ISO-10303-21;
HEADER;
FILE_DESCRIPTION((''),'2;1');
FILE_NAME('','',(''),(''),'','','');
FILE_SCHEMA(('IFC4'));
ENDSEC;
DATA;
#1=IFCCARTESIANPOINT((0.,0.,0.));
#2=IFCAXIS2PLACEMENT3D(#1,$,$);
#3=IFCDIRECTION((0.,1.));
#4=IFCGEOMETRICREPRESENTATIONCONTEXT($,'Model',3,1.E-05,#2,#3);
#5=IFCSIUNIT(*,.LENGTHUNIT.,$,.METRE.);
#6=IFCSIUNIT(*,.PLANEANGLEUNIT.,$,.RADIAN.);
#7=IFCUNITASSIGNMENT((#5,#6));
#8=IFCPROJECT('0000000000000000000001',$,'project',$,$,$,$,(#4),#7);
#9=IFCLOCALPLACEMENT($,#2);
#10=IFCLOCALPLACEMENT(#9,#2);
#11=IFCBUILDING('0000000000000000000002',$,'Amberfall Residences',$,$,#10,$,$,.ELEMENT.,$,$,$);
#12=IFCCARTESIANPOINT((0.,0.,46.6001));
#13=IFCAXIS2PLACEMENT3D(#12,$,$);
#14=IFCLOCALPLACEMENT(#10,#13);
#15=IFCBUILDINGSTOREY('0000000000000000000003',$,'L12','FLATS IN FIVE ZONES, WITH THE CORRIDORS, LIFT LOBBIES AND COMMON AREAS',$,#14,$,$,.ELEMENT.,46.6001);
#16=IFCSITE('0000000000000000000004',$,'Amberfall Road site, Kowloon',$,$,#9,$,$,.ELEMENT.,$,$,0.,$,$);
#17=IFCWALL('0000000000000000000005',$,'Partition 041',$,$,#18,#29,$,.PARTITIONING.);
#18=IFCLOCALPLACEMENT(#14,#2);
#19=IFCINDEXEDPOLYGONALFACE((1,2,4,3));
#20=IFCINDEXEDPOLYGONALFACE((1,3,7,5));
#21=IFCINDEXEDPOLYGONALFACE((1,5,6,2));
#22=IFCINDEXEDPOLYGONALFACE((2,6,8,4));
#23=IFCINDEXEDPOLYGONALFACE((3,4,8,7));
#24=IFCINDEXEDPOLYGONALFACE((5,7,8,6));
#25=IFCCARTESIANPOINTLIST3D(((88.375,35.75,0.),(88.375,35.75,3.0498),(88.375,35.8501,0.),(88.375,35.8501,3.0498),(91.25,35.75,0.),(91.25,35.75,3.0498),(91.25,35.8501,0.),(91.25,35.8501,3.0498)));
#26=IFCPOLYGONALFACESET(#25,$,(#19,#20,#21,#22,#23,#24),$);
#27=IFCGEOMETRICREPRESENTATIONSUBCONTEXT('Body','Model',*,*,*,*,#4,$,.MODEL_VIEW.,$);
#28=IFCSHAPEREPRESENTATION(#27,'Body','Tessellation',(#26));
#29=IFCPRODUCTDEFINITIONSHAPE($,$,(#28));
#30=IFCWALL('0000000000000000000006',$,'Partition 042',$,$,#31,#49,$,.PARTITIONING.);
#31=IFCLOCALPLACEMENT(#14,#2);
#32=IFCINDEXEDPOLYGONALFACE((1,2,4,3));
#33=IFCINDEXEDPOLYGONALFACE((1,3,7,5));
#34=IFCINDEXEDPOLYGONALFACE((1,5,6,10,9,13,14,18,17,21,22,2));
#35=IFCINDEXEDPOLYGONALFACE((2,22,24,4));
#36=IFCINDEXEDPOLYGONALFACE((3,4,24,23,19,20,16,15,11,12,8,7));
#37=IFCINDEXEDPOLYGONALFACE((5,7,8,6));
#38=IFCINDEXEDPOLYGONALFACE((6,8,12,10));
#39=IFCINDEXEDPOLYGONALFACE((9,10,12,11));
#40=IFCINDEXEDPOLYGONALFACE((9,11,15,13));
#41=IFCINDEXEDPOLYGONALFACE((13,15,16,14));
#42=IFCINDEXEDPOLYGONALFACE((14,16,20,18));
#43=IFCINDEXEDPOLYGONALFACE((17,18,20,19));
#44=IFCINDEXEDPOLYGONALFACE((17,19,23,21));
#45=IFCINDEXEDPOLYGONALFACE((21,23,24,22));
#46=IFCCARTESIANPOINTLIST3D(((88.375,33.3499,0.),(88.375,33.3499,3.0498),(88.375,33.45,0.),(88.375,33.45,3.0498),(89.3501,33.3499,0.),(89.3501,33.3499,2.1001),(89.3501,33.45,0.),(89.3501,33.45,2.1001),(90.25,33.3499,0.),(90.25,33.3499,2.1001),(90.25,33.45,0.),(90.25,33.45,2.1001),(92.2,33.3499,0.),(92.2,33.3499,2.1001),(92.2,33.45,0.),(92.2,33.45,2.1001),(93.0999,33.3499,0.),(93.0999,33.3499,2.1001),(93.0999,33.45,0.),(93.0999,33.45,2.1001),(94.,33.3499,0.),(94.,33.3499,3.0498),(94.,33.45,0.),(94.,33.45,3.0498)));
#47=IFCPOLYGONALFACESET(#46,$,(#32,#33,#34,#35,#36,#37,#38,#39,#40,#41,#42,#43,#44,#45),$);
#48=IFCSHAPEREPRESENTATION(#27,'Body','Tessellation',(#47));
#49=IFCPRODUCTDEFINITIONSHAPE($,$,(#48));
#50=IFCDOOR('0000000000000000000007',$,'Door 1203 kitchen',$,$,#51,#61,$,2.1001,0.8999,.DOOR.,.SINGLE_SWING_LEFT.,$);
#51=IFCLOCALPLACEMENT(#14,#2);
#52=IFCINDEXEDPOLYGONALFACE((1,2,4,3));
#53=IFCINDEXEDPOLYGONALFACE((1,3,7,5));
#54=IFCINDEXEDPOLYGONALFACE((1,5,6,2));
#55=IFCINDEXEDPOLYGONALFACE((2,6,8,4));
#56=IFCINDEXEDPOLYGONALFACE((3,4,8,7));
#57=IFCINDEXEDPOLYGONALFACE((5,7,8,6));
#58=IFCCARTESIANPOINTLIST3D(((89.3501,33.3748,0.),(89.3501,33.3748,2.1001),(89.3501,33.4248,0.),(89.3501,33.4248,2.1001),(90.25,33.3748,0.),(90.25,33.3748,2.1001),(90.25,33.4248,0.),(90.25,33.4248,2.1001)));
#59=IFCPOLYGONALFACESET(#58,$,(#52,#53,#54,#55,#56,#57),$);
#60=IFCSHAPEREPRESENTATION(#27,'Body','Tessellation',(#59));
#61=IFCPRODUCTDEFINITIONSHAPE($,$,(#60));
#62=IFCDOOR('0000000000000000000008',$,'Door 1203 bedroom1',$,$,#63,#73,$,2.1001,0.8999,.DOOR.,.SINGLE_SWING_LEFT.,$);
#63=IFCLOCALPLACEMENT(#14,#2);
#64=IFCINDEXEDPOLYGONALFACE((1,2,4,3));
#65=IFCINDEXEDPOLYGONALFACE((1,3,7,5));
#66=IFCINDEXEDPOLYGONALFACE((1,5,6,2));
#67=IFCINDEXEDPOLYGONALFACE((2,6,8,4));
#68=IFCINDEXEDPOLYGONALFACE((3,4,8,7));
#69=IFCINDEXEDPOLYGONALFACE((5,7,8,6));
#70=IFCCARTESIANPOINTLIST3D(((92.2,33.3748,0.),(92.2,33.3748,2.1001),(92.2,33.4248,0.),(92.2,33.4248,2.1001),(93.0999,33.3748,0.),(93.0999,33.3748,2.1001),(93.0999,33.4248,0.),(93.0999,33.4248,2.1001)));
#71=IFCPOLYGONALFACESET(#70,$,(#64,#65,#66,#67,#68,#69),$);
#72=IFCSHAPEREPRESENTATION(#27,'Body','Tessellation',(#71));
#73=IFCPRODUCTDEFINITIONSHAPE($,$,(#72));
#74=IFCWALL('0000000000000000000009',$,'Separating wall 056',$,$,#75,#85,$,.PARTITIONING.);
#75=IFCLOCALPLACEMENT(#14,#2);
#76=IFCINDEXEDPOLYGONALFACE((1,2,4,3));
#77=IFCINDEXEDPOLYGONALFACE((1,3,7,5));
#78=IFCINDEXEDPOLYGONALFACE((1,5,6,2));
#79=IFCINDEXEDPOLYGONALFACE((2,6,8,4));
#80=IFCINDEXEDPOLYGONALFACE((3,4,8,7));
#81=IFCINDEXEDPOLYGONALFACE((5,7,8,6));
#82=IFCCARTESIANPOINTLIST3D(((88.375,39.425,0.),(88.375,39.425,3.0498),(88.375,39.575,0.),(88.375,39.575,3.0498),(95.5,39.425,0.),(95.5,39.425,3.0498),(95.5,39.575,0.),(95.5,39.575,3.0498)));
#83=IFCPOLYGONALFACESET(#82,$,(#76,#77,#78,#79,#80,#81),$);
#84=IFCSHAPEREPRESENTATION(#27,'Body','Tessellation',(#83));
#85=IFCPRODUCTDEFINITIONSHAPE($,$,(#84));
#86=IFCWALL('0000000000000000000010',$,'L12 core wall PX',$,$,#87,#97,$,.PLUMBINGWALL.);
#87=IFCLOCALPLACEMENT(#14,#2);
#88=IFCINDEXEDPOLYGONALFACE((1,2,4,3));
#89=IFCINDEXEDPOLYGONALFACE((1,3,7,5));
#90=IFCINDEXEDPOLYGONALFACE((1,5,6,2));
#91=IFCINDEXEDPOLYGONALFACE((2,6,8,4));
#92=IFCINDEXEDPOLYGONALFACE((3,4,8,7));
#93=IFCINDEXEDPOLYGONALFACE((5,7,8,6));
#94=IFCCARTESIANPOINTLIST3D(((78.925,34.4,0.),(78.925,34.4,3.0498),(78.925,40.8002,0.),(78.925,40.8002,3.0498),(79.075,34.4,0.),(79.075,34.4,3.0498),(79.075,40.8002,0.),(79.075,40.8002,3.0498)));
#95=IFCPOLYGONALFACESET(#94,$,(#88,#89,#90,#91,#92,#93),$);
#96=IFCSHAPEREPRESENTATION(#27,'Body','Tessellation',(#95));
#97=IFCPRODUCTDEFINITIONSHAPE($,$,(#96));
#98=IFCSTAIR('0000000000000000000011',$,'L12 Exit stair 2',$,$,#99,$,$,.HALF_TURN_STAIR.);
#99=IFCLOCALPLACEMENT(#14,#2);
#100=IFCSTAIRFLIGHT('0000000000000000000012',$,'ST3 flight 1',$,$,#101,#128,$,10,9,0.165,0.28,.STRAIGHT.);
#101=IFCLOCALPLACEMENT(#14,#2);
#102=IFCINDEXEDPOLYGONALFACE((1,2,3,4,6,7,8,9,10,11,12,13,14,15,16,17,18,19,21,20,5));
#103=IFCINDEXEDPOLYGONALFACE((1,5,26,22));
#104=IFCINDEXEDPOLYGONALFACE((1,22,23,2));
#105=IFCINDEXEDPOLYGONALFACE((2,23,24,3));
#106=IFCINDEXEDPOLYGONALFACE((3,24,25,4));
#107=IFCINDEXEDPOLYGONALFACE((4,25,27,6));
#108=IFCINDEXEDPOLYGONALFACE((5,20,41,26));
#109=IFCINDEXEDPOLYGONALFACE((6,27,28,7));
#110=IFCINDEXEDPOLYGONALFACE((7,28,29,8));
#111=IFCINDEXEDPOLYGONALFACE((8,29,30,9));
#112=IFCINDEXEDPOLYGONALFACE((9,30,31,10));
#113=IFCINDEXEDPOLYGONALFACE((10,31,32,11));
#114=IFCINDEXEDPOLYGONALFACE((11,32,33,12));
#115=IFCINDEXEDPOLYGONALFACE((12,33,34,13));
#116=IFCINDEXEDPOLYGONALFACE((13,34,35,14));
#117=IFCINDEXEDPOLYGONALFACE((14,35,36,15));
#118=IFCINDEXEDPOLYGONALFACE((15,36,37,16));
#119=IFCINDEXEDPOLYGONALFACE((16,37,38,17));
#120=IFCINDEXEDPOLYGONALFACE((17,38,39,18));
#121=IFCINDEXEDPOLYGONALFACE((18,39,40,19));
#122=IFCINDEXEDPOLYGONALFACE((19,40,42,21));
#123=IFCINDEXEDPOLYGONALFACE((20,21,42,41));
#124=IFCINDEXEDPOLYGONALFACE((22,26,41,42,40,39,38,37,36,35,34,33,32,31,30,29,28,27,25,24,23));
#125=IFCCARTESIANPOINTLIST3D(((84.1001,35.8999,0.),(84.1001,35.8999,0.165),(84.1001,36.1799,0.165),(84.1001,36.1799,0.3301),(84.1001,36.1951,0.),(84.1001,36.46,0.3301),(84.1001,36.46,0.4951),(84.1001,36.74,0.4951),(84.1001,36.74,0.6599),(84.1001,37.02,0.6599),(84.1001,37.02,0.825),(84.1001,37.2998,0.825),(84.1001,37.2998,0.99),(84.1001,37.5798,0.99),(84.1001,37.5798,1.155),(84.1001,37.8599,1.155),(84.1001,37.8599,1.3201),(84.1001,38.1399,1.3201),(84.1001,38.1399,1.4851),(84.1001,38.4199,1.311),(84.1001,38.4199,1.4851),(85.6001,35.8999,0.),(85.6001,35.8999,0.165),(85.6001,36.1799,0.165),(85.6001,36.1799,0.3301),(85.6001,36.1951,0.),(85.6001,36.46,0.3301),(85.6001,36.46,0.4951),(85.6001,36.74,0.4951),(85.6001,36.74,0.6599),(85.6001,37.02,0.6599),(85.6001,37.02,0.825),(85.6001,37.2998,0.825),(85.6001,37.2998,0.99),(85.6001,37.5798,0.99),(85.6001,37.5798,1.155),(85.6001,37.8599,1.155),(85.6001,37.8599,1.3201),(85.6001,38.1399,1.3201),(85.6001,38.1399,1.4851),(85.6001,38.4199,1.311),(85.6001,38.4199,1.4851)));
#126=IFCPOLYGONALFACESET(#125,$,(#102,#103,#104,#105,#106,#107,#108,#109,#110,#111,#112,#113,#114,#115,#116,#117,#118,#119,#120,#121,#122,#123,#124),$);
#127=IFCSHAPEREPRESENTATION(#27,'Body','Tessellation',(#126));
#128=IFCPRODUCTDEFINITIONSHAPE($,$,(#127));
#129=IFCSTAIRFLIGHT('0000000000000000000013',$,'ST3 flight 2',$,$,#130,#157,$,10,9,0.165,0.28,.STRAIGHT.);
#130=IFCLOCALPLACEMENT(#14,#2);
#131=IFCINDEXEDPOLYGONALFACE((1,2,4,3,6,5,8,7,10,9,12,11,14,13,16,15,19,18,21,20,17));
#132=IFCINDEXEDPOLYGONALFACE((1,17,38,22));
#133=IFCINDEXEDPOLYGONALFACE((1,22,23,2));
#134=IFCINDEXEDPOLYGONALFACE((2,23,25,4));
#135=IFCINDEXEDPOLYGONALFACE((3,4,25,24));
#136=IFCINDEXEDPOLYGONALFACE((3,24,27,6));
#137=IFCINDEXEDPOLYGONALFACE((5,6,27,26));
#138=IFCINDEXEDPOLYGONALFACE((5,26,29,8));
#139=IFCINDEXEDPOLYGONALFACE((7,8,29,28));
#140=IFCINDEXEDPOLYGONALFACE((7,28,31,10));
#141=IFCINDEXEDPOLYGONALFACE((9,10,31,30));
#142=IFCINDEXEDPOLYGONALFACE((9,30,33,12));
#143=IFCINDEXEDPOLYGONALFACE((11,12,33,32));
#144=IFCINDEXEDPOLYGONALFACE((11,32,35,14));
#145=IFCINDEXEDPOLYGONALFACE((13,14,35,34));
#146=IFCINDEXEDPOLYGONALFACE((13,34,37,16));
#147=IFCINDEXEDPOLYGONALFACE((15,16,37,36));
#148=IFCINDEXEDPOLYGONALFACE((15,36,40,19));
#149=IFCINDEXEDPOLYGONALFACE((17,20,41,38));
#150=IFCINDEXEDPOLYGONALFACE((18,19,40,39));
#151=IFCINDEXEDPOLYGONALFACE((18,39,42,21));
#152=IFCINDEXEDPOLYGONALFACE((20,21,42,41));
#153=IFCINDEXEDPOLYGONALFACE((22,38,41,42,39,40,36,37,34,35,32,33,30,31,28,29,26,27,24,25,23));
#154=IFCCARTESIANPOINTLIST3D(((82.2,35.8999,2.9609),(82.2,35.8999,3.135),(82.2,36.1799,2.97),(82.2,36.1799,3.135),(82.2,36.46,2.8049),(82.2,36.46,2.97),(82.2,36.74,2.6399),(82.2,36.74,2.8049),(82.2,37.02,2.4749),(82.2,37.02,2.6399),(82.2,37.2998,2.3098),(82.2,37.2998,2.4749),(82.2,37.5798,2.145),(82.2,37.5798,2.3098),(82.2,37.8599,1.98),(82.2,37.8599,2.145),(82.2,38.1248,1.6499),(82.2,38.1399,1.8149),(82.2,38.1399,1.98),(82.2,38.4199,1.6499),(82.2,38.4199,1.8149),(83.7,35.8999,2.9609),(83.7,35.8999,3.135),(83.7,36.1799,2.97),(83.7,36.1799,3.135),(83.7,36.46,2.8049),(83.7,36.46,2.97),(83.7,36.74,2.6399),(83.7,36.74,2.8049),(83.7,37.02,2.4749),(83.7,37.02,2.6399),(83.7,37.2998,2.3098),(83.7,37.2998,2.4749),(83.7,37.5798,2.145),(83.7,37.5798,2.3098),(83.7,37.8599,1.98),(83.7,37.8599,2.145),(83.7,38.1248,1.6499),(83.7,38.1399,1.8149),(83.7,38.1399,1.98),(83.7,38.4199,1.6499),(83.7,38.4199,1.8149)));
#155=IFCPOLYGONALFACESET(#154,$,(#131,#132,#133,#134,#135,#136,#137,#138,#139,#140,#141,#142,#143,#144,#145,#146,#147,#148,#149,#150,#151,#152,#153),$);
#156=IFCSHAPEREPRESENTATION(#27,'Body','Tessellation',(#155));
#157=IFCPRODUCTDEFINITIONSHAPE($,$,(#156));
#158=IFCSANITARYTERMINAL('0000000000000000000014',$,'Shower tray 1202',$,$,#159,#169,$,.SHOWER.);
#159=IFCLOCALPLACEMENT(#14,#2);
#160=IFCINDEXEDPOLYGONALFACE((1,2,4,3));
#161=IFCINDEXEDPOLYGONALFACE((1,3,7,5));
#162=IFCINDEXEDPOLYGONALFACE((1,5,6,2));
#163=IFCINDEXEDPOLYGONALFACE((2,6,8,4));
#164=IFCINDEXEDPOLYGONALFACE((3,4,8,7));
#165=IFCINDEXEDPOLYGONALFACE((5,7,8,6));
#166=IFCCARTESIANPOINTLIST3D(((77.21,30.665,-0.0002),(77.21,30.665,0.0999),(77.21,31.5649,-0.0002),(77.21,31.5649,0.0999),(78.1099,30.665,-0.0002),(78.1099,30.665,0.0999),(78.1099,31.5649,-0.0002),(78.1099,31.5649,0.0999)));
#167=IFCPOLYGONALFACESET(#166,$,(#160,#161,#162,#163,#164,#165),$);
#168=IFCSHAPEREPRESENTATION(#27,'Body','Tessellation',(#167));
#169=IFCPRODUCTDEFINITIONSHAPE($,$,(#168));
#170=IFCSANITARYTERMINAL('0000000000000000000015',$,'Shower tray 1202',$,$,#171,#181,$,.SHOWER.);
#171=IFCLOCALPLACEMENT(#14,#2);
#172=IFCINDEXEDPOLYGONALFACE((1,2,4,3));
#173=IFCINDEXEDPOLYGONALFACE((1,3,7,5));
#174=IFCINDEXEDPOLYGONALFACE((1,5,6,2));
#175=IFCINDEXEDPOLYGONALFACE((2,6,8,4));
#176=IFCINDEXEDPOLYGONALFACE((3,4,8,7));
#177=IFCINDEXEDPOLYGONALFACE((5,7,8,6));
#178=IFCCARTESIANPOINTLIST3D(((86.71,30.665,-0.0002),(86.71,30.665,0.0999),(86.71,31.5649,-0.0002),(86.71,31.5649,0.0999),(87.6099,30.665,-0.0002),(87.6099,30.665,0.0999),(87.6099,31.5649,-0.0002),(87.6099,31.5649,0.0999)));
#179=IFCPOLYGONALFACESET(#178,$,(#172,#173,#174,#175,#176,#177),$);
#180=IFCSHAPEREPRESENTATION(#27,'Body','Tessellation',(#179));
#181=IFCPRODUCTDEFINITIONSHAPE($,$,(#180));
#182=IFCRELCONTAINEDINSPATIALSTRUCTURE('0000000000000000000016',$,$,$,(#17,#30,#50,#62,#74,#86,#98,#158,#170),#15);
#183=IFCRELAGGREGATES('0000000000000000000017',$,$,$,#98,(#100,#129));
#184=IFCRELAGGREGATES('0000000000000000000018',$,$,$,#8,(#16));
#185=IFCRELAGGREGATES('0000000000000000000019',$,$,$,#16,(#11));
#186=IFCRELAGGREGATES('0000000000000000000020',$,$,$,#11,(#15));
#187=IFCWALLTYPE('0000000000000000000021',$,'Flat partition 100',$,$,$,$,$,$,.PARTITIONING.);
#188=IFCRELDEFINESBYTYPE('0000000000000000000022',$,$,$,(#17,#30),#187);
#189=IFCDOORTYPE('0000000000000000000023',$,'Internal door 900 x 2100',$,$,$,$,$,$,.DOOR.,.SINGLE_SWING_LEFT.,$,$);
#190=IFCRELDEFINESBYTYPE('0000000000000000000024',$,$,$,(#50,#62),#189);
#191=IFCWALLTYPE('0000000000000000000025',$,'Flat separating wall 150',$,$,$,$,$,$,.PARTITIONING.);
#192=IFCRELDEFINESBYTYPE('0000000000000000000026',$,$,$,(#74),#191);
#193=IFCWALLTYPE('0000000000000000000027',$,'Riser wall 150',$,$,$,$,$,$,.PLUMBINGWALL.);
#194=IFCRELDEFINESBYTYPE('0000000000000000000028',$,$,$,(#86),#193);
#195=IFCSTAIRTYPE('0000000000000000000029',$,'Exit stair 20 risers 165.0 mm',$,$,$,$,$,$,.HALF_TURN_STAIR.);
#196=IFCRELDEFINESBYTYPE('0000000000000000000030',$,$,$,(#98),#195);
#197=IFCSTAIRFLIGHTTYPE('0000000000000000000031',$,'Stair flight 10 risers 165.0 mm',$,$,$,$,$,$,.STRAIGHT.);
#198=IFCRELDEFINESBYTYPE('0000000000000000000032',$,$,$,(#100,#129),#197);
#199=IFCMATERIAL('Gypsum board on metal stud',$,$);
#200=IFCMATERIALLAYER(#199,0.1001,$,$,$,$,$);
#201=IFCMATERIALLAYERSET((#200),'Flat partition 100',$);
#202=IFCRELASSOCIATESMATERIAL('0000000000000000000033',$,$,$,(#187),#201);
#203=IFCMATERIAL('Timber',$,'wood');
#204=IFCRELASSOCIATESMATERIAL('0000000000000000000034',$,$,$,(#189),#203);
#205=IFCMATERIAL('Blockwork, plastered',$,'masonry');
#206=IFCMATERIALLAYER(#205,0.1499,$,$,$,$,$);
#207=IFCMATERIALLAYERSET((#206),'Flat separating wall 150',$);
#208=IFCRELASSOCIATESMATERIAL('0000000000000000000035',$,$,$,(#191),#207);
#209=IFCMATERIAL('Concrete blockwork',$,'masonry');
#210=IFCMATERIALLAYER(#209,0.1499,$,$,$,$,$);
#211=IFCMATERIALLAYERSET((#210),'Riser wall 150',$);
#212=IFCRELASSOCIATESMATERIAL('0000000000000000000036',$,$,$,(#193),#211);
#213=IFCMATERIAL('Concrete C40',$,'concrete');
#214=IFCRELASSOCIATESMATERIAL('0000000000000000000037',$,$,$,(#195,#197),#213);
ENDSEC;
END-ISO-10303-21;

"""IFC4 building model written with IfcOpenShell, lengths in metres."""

from ifc_helpers import new_model, si_unit, direction, frame, frame_2d, origin, origin_2d, place, context, subcontext, project, spatial, polyline, rectangle, outline, extrude, material, layer, layer_set, type_object, element, fill, aggregate, save


model = new_model("IFC4")

# Units and contexts
model_context = context("Model", 3, precision=1e-05, world=origin(), true_north=direction((0.0, 1.0)))
body_context = subcontext(model_context, "Body", "Model", "MODEL_VIEW")
ifc_project = project(units=[si_unit("LENGTHUNIT", "METRE"), si_unit("PLANEANGLEUNIT", "RADIAN")], contexts=[model_context])

# Site, building, storey
site_placement = place(None, origin())
site = spatial("IfcSite", under=ifc_project, at=site_placement, Name="Amberfall Road site, Kowloon", CompositionType="ELEMENT", RefElevation=0.0)
building_placement = place(site_placement, origin())
building = spatial("IfcBuilding", under=site, at=building_placement, Name="Amberfall Residences", CompositionType="ELEMENT")
storey_placement = place(building_placement, frame((0.0, 0.0, 46.6001)))
storey = spatial("IfcBuildingStorey", under=building, at=storey_placement, Name="L12", Description="FLATS IN FIVE ZONES, WITH THE CORRIDORS, LIFT LOBBIES AND COMMON AREAS", CompositionType="ELEMENT", Elevation=46.6001)

# Shared definitions
ifc_material_1 = material(Name="Gypsum board on metal stud")
ifc_layer_1 = layer(ifc_material_1, 0.1001)
ifc_layer_set_1 = layer_set([ifc_layer_1], Name="Flat partition 100")
wall_type_1 = type_object("IfcWallType", Name="Flat partition 100", PredefinedType="PARTITIONING", material=ifc_layer_set_1)
ifc_material_2 = material(Name="Timber", Category="wood")
door_type_1 = type_object("IfcDoorType", Name="Internal door 900 x 2100", OperationType="SINGLE_SWING_LEFT", PredefinedType="DOOR", material=ifc_material_2)

# Wall
wall_1_placement = place(storey_placement, frame((88.375, 35.8, 0.0), z_axis=(0.0, 0.0, 1.0), x_axis=(1.0, 0.0, 0.0)))
element("IfcWall", 1, at=wall_1_placement, inside=storey, type_object=wall_type_1, Name="Partition 041", PredefinedType="PARTITIONING", context=body_context, shape_type="SweptSolid", body=[
    extrude(rectangle(XDim=2.875, YDim=0.1001, at=frame_2d((1.4375, 0.0))), origin(), (0.0, 0.0, 1.0), 3.0498),
])

# Wall, openings, doors
wall_2_placement = place(storey_placement, frame((88.375, 33.3999, 0.0), z_axis=(0.0, 0.0, 1.0), x_axis=(1.0, 0.0, 0.0)))
wall_2 = element("IfcWall", 2, at=wall_2_placement, inside=storey, type_object=wall_type_1, Name="Partition 042", PredefinedType="PARTITIONING", context=body_context, shape_type="SweptSolid", body=[
    extrude(rectangle(XDim=5.625, YDim=0.1001, at=frame_2d((2.8125, 0.0))), origin(), (0.0, 0.0, 1.0), 3.0498),
])
opening_1_placement = place(wall_2_placement, frame((0.9751, 0.0, 0.0)))
opening_1 = element("IfcOpeningElement", 3, at=opening_1_placement, cuts=wall_2, PredefinedType="OPENING", context=body_context, shape_type="SweptSolid", body=[
    extrude(rectangle(XDim=0.8999, YDim=2.1001, at=frame_2d((0.45, 1.05))), frame((0.0, 0.0601, 0.0), z_axis=(0.0, -1.0, 0.0), x_axis=(1.0, 0.0, 0.0)), (0.0, 0.0, 1.0), 0.1201),
])
opening_2_placement = place(wall_2_placement, frame((3.825, 0.0, 0.0)))
opening_2 = element("IfcOpeningElement", 4, at=opening_2_placement, cuts=wall_2, PredefinedType="OPENING", context=body_context, shape_type="SweptSolid", body=[
    extrude(rectangle(XDim=0.8999, YDim=2.1001, at=frame_2d((0.45, 1.05))), frame((0.0, 0.0601, 0.0), z_axis=(0.0, -1.0, 0.0), x_axis=(1.0, 0.0, 0.0)), (0.0, 0.0, 1.0), 0.1201),
])
door_1_placement = place(opening_1_placement, origin())
door_1 = element("IfcDoor", 5, at=door_1_placement, inside=storey, type_object=door_type_1, Name="Door 1203 kitchen", OperationType="SINGLE_SWING_LEFT", OverallHeight=2.1001, OverallWidth=0.8999, PredefinedType="DOOR", context=body_context, shape_type="SweptSolid", body=[
    extrude(rectangle(XDim=0.8999, YDim=2.1001, at=frame_2d((0.45, 1.05))), frame((0.0, 0.0249, 0.0), z_axis=(0.0, -1.0, 0.0), x_axis=(1.0, 0.0, 0.0)), (0.0, 0.0, 1.0), 0.05),
])
fill(opening_1, door_1)
door_2_placement = place(opening_2_placement, origin())
door_2 = element("IfcDoor", 6, at=door_2_placement, inside=storey, type_object=door_type_1, Name="Door 1203 bedroom1", OperationType="SINGLE_SWING_LEFT", OverallHeight=2.1001, OverallWidth=0.8999, PredefinedType="DOOR", context=body_context, shape_type="SweptSolid", body=[
    extrude(rectangle(XDim=0.8999, YDim=2.1001, at=frame_2d((0.45, 1.05))), frame((0.0, 0.0249, 0.0), z_axis=(0.0, -1.0, 0.0), x_axis=(1.0, 0.0, 0.0)), (0.0, 0.0, 1.0), 0.05),
])
fill(opening_2, door_2)

# Walls
ifc_material_3 = material(Name="Blockwork, plastered", Category="masonry")
ifc_layer_2 = layer(ifc_material_3, 0.1499)
ifc_layer_set_2 = layer_set([ifc_layer_2], Name="Flat separating wall 150")
wall_type_2 = type_object("IfcWallType", Name="Flat separating wall 150", PredefinedType="PARTITIONING", material=ifc_layer_set_2)
wall_3_placement = place(storey_placement, frame((88.375, 39.5, 0.0), z_axis=(0.0, 0.0, 1.0), x_axis=(1.0, 0.0, 0.0)))
element("IfcWall", 7, at=wall_3_placement, inside=storey, type_object=wall_type_2, Name="Separating wall 056", PredefinedType="PARTITIONING", context=body_context, shape_type="SweptSolid", body=[
    extrude(rectangle(XDim=7.125, YDim=0.1499, at=frame_2d((3.5625, 0.0))), origin(), (0.0, 0.0, 1.0), 3.0498),
])
ifc_material_4 = material(Name="Concrete blockwork", Category="masonry")
ifc_layer_3 = layer(ifc_material_4, 0.1499)
ifc_layer_set_3 = layer_set([ifc_layer_3], Name="Riser wall 150")
wall_type_3 = type_object("IfcWallType", Name="Riser wall 150", PredefinedType="PLUMBINGWALL", material=ifc_layer_set_3)
wall_4_placement = place(storey_placement, frame((79.0, 34.3999, 0.0), z_axis=(0.0, 0.0, 1.0), x_axis=(0.0, 1.0, 0.0)))
element("IfcWall", 8, at=wall_4_placement, inside=storey, type_object=wall_type_3, Name="L12 core wall PX", PredefinedType="PLUMBINGWALL", context=body_context, shape_type="SweptSolid", body=[
    extrude(rectangle(XDim=6.4001, YDim=0.1499, at=frame_2d((3.2002, 0.0))), origin(), (0.0, 0.0, 1.0), 3.0498),
])

# Stair, stair flights
ifc_material_5 = material(Name="Concrete C40", Category="concrete")
stair_type = type_object("IfcStairType", Name="Exit stair 20 risers 165.0 mm", PredefinedType="HALF_TURN_STAIR", material=ifc_material_5)
stair_placement = place(storey_placement, origin())
stair = element("IfcStair", 9, at=stair_placement, inside=storey, type_object=stair_type, Name="L12 Exit stair 2", PredefinedType="HALF_TURN_STAIR")
stair_flight_type = type_object("IfcStairFlightType", Name="Stair flight 10 risers 165.0 mm", PredefinedType="STRAIGHT", material=ifc_material_5)
stair_flight_1_placement = place(storey_placement, frame((84.8501, 35.8999, 0.0), z_axis=(0.0, 0.0, 1.0), x_axis=(0.0, 1.0, 0.0)))
stair_flight_1 = element("IfcStairFlight", 10, at=stair_flight_1_placement, type_object=stair_flight_type, Name="ST3 flight 1", NumberOfRisers=10, NumberOfTreads=9, PredefinedType="STRAIGHT", RiserHeight=0.165, TreadLength=0.28, context=body_context, shape_type="SweptSolid", body=[
    extrude(outline(polyline([(0.0, 0.0), (0.0, 0.165), (0.28, 0.165), (0.28, 0.3301), (0.5601, 0.3301), (0.5601, 0.4951), (0.8401, 0.4951), (0.8401, 0.6599), (1.1201, 0.6599), (1.1201, 0.825), (1.3999, 0.825), (1.3999, 0.99), (1.6799, 0.99), (1.6799, 1.155), (1.96, 1.155), (1.96, 1.3201), (2.24, 1.3201), (2.24, 1.4851), (2.52, 1.4851), (2.52, 1.6499), (2.52, 1.311), (0.2952, 0.0), (0.0, 0.0)])), frame((0.0, 0.75, 0.0), z_axis=(0.0, -1.0, 0.0), x_axis=(1.0, 0.0, 0.0)), (0.0, 0.0, 1.0), 1.5),
])
stair_flight_2_placement = place(storey_placement, frame((82.95, 38.4199, 1.6499), z_axis=(0.0, 0.0, 1.0), x_axis=(0.0, -1.0, 0.0)))
stair_flight_2 = element("IfcStairFlight", 11, at=stair_flight_2_placement, type_object=stair_flight_type, Name="ST3 flight 2", NumberOfRisers=10, NumberOfTreads=9, PredefinedType="STRAIGHT", RiserHeight=0.165, TreadLength=0.28, context=body_context, shape_type="SweptSolid", body=[
    extrude(outline(polyline([(0.0, 0.0), (0.0, 0.165), (0.28, 0.165), (0.28, 0.3301), (0.5601, 0.3301), (0.5601, 0.4951), (0.8401, 0.4951), (0.8401, 0.6599), (1.1201, 0.6599), (1.1201, 0.825), (1.3999, 0.825), (1.3999, 0.99), (1.6799, 0.99), (1.6799, 1.155), (1.96, 1.155), (1.96, 1.3201), (2.24, 1.3201), (2.24, 1.4851), (2.52, 1.4851), (2.52, 1.6499), (2.52, 1.311), (0.2952, 0.0), (0.0, 0.0)])), frame((0.0, 0.75, 0.0), z_axis=(0.0, -1.0, 0.0), x_axis=(1.0, 0.0, 0.0)), (0.0, 0.0, 1.0), 1.5),
])
aggregate(stair, [stair_flight_1, stair_flight_2])

# Sanitary terminals
for number, where, z_axis, x_axis, name in (
    (12, (77.6599, 31.115, -0.0002), (0.0, 0.0, 1.0), (1.0, 0.0, 0.0), "Shower tray 1202"),
    (13, (87.1599, 31.115, -0.0002), (0.0, 0.0, 1.0), (1.0, 0.0, 0.0), "Shower tray 1202"),
):
    element("IfcSanitaryTerminal", number, at=place(storey_placement, frame(where, z_axis=z_axis, x_axis=x_axis)), inside=storey, Name=name, PredefinedType="SHOWER", context=body_context, shape_type="SweptSolid", body=[
        extrude(rectangle(XDim=0.8999, YDim=0.8999, at=origin_2d()), origin(), (0.0, 0.0, 1.0), 0.1001),
    ])

save(model, "model.ifc")
